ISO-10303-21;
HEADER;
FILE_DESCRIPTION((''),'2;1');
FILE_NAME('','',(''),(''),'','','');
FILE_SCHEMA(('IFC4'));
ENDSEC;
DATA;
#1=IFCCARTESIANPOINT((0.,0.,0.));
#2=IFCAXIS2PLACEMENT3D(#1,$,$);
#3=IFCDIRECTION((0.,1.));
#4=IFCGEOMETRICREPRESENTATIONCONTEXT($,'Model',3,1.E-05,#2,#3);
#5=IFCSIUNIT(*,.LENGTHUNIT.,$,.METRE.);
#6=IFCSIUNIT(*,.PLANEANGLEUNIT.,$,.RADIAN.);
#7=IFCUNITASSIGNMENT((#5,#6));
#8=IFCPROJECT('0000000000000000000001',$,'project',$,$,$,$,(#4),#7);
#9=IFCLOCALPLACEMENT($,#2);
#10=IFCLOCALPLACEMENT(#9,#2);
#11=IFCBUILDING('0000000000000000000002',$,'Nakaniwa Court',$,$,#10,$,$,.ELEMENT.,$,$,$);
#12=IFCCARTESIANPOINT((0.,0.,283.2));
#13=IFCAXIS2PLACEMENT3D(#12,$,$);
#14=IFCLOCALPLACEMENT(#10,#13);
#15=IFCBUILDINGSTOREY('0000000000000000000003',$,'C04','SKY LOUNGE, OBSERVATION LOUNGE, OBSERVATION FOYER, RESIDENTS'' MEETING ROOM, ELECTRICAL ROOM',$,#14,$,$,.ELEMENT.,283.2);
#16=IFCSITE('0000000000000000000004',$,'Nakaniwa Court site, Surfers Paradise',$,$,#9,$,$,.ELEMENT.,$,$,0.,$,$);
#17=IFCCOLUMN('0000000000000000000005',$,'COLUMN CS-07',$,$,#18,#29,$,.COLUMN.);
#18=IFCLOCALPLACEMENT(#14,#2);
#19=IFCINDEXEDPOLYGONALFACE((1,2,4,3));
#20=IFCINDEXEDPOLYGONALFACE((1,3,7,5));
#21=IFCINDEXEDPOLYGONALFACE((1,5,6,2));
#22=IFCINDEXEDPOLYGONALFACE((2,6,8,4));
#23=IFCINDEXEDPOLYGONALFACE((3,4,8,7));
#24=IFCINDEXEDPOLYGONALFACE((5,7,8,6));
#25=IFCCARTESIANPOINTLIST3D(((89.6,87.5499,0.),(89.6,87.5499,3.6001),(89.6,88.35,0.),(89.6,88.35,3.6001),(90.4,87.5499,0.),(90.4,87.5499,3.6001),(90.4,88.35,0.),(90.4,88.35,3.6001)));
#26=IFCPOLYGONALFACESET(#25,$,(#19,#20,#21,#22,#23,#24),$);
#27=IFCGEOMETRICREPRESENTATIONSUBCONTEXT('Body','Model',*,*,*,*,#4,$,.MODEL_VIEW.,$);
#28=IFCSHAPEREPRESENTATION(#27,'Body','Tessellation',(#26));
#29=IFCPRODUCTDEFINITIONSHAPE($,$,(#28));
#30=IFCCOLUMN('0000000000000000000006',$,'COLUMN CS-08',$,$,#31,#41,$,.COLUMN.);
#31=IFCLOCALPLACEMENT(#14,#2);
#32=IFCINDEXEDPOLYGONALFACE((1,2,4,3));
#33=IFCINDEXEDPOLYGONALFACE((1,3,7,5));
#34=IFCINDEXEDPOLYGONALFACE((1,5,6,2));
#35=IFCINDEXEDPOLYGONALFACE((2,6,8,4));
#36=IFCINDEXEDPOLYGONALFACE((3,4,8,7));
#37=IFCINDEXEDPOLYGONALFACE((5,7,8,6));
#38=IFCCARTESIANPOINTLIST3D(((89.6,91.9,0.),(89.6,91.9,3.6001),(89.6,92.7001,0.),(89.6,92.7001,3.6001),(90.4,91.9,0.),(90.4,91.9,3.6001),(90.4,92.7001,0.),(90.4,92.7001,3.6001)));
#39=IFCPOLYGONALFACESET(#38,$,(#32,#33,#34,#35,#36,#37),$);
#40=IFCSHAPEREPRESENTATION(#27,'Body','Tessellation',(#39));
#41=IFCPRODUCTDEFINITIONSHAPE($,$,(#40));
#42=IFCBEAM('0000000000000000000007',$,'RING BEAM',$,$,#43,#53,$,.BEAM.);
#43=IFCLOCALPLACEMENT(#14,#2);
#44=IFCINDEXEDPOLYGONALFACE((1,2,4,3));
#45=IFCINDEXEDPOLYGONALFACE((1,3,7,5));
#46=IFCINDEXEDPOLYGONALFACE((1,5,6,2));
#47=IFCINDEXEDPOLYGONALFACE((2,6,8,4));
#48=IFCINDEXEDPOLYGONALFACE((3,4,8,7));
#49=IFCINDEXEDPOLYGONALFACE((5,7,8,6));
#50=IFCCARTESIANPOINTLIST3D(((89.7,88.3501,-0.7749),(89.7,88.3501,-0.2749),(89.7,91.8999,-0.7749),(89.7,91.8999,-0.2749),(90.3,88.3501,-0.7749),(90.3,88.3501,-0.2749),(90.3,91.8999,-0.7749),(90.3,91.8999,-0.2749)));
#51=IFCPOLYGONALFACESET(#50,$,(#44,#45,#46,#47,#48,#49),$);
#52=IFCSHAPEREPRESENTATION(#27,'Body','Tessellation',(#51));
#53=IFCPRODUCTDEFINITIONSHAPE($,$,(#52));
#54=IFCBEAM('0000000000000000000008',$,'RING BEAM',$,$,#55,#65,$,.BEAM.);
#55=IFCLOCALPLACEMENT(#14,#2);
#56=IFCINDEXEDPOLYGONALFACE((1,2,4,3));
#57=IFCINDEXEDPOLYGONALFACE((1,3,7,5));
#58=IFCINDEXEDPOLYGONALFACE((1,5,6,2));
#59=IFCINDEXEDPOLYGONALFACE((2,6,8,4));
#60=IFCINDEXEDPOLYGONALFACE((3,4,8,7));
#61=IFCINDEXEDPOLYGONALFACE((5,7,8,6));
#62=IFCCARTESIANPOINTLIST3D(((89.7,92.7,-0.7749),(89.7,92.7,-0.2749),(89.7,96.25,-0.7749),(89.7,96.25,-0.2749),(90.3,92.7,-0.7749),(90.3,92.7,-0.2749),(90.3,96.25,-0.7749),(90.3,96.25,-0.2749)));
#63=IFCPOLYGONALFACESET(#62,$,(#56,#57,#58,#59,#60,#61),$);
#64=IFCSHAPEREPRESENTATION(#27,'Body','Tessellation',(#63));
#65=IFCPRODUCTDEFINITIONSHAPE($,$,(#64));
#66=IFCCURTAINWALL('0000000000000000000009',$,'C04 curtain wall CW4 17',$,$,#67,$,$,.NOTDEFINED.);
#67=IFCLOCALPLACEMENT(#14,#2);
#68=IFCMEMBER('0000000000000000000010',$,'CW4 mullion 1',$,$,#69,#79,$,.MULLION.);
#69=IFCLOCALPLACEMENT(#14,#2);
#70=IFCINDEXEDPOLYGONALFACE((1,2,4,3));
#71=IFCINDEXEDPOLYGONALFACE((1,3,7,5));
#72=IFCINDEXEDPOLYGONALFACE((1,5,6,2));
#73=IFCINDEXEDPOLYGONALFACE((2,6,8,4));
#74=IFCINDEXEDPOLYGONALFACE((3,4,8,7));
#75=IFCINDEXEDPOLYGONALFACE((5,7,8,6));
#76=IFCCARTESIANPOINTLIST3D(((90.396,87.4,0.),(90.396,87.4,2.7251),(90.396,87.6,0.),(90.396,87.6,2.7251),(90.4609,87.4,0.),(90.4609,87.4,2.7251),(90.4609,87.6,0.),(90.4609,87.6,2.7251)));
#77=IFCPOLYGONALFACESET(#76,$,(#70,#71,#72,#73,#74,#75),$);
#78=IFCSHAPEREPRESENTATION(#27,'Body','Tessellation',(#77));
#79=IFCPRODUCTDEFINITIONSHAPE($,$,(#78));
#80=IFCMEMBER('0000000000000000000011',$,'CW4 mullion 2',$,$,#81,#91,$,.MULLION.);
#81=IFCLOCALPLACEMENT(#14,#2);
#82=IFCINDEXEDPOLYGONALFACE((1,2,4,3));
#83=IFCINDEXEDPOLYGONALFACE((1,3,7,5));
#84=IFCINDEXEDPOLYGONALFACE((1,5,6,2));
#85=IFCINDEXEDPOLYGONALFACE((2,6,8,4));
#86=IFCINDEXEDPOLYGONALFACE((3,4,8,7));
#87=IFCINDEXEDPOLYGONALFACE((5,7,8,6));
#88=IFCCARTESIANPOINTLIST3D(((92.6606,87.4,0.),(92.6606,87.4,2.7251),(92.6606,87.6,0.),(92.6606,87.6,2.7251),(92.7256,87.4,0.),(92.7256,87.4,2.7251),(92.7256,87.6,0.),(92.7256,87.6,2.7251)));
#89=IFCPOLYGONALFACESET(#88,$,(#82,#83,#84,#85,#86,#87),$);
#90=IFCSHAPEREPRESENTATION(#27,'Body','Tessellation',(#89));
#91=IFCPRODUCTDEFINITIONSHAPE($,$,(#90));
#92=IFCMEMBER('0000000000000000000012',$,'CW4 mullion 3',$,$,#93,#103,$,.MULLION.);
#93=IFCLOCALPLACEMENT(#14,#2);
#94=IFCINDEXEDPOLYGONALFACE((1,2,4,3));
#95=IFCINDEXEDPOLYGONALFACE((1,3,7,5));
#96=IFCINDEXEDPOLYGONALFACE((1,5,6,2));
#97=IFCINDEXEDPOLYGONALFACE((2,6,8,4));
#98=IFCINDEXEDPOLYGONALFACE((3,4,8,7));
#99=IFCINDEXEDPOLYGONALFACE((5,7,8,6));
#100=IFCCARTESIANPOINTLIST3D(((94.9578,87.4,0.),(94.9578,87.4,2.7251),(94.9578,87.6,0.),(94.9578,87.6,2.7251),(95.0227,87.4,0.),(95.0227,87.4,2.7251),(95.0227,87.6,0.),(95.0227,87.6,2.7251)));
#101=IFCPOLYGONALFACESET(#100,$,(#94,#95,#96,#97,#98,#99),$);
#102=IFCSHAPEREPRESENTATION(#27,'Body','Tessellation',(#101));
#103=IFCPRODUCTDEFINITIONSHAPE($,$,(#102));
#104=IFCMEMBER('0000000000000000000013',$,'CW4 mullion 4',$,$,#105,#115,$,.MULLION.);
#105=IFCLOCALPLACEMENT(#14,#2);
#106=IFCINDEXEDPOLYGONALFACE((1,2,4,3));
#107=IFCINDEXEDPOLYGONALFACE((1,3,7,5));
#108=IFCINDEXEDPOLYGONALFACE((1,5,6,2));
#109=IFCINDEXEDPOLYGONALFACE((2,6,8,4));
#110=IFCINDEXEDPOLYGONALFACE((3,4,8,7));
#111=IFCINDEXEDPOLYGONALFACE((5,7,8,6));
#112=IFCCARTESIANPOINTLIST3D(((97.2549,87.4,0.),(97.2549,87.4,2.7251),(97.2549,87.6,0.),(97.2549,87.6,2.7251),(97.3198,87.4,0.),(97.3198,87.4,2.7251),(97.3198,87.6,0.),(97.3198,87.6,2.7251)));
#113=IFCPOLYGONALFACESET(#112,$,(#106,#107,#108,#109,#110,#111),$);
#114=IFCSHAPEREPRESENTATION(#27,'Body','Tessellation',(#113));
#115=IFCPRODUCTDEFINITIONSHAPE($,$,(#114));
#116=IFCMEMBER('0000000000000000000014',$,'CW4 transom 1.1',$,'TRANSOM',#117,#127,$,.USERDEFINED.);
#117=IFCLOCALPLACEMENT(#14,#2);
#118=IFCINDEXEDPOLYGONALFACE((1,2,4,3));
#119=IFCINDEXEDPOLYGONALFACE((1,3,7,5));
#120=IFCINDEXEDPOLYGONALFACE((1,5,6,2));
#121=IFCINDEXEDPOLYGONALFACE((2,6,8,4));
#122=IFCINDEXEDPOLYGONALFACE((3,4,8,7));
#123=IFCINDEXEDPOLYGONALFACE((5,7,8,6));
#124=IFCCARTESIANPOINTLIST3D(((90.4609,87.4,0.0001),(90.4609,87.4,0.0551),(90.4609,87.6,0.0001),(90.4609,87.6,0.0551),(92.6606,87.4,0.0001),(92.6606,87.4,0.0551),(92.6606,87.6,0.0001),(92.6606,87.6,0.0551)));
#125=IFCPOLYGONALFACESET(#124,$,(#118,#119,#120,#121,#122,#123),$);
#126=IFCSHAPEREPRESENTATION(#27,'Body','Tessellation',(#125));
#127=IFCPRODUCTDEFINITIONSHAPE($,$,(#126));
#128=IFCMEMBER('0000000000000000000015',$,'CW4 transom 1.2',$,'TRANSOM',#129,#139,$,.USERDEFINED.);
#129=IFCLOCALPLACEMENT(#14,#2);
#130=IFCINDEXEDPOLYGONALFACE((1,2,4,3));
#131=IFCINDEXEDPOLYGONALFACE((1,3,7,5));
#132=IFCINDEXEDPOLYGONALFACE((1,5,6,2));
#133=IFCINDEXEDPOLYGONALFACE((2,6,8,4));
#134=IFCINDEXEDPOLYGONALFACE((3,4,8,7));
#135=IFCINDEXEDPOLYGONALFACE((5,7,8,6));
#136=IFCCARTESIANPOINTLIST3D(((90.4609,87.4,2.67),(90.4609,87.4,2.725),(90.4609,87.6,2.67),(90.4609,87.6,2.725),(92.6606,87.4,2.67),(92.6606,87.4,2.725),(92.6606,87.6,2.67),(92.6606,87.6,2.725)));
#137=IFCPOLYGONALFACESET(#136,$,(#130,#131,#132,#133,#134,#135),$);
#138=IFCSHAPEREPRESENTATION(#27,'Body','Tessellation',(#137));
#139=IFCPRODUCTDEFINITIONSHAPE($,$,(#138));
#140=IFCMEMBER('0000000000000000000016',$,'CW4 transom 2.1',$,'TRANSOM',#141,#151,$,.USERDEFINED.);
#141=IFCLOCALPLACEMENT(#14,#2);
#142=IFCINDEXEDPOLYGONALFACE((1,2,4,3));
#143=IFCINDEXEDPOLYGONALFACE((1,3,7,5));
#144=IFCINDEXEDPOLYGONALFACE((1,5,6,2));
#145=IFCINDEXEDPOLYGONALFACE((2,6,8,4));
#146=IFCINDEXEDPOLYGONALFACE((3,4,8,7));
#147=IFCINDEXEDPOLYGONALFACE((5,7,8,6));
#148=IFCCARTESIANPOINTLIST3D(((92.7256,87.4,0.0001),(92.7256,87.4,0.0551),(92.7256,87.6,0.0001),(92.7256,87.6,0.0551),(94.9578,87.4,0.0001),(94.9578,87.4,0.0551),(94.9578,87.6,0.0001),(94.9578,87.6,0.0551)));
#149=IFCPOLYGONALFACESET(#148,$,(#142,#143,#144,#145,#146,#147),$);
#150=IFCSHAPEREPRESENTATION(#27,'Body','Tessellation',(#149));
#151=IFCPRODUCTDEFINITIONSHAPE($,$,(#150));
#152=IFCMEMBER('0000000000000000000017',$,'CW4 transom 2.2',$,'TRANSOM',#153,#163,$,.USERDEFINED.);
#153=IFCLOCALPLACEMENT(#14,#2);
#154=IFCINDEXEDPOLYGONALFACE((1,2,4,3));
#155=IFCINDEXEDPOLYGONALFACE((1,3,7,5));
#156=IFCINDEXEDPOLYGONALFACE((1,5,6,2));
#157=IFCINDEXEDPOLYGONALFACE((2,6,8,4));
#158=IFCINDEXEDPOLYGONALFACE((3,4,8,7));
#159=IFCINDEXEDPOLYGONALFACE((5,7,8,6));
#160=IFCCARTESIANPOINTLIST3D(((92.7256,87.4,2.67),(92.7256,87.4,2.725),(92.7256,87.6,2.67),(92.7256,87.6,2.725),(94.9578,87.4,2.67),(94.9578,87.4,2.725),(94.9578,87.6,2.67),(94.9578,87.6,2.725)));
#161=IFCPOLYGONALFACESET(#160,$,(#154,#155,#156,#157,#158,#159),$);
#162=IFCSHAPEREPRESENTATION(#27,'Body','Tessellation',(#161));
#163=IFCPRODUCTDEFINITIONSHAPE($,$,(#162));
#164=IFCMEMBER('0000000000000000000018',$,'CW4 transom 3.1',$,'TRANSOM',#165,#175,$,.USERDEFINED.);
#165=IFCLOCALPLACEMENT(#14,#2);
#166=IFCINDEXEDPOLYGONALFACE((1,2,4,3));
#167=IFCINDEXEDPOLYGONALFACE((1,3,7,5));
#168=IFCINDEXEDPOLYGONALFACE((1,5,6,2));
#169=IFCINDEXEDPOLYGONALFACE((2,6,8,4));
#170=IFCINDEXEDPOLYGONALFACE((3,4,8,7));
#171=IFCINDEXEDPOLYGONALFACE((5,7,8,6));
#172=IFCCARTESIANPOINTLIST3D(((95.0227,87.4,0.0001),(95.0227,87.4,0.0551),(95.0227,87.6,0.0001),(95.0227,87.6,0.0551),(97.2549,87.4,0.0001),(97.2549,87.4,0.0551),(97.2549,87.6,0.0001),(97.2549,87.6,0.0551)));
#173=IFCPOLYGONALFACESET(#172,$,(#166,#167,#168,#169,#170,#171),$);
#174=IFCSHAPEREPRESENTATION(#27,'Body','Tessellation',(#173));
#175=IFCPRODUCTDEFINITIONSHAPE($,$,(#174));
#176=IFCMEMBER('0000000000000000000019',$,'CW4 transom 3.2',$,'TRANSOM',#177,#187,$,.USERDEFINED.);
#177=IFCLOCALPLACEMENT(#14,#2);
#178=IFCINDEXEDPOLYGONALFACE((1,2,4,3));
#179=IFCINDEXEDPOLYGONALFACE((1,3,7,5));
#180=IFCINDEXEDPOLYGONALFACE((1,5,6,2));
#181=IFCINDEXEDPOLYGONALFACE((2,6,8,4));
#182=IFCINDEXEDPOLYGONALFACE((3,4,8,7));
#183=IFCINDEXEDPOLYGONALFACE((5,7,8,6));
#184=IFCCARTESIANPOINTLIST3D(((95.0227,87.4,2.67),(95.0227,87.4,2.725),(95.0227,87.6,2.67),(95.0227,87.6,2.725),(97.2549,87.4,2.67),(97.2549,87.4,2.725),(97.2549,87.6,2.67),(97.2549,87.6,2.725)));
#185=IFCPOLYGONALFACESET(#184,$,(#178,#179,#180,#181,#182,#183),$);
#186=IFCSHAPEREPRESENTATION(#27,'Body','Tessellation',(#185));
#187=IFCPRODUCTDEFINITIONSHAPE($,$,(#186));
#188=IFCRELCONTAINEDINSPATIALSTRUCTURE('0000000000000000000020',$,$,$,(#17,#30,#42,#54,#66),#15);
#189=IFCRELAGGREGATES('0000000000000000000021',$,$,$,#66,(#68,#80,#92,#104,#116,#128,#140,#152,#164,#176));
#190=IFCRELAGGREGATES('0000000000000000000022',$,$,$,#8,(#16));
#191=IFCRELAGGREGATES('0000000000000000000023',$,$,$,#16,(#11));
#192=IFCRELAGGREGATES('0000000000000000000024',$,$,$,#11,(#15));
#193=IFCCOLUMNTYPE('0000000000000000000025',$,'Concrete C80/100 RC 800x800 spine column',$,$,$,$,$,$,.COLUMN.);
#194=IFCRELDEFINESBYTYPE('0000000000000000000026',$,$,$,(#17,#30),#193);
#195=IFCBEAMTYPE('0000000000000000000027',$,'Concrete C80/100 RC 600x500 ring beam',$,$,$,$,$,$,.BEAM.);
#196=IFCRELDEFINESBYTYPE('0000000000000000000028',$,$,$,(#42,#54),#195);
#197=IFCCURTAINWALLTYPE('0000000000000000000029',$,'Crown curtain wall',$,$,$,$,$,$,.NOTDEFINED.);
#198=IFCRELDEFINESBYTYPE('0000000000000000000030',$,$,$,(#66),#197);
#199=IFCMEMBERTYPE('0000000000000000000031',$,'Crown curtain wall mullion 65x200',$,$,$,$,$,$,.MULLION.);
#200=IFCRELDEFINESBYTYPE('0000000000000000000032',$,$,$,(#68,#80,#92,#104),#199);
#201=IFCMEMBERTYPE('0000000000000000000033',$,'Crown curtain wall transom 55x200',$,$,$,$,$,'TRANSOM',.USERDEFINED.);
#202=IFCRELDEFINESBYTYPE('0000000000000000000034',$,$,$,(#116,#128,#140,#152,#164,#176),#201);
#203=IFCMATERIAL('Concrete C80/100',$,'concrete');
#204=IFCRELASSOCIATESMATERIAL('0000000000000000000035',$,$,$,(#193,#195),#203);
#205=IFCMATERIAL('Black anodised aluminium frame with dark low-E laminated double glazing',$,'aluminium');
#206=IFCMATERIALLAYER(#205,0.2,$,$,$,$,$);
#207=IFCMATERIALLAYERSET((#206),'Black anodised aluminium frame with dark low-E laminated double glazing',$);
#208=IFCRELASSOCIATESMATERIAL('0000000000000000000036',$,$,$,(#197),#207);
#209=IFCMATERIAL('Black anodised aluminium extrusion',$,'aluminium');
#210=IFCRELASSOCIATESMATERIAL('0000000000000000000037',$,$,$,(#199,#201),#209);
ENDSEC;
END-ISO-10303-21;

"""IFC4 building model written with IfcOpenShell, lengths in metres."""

from ifc_helpers import new_model, si_unit, direction, frame, origin, origin_2d, place, context, subcontext, project, spatial, rectangle, extrude, material, layer, layer_set, material_profile, profile_set, type_object, element, aggregate, save


model = new_model("IFC4")

# Units and contexts
model_context = context("Model", 3, precision=1e-05, world=origin(), true_north=direction((0.0, 1.0)))
body_context = subcontext(model_context, "Body", "Model", "MODEL_VIEW")
ifc_project = project(units=[si_unit("LENGTHUNIT", "METRE"), si_unit("PLANEANGLEUNIT", "RADIAN")], contexts=[model_context])

# Site, building, storey
site_placement = place(None, origin())
site = spatial("IfcSite", under=ifc_project, at=site_placement, Name="Nakaniwa Court site, Surfers Paradise", CompositionType="ELEMENT", RefElevation=0.0)
building_placement = place(site_placement, origin())
building = spatial("IfcBuilding", under=site, at=building_placement, Name="Nakaniwa Court", CompositionType="ELEMENT")
storey_placement = place(building_placement, frame((0.0, 0.0, 283.2)))
storey = spatial("IfcBuildingStorey", under=building, at=storey_placement, Name="C04", Description="SKY LOUNGE, OBSERVATION LOUNGE, OBSERVATION FOYER, RESIDENTS' MEETING ROOM, ELECTRICAL ROOM", CompositionType="ELEMENT", Elevation=283.2)

# Columns
ifc_material_1 = material(Name="Concrete C80/100", Category="concrete")
ifc_material_profile_1 = material_profile(ifc_material_1, rectangle(XDim=0.8, YDim=0.8, at=origin_2d()), Name="Concrete C80/100 RC 800x800 spine column")
ifc_profile_set_1 = profile_set([ifc_material_profile_1], Name="Concrete C80/100")
column_type = type_object("IfcColumnType", Name="Concrete C80/100 RC 800x800 spine column", PredefinedType="COLUMN", material=ifc_profile_set_1)
for number, where, z_axis, x_axis, name in (
    (1, (90.0, 87.95, 0.0), (0.0, 0.0, 1.0), (0.0, 1.0, 0.0), "COLUMN CS-07"),
    (2, (90.0, 92.3, 0.0), (0.0, 0.0, 1.0), (0.0, 1.0, 0.0), "COLUMN CS-08"),
):
    element("IfcColumn", number, at=place(storey_placement, frame(where, z_axis=z_axis, x_axis=x_axis)), inside=storey, type_object=column_type, Name=name, PredefinedType="COLUMN", context=body_context, shape_type="SweptSolid", body=[
        extrude(rectangle(XDim=0.8, YDim=0.8, at=origin_2d()), origin(), (0.0, 0.0, 1.0), 3.6001),
    ])

# Beams
ifc_material_profile_2 = material_profile(ifc_material_1, rectangle(XDim=0.6001, YDim=0.5, at=origin_2d()), Name="Concrete C80/100 RC 600x500 ring beam")
ifc_profile_set_2 = profile_set([ifc_material_profile_2], Name="Concrete C80/100")
beam_type = type_object("IfcBeamType", Name="Concrete C80/100 RC 600x500 ring beam", PredefinedType="BEAM", material=ifc_profile_set_2)
beam_1_placement = place(storey_placement, frame((90.0, 88.3501, -0.5249), z_axis=(0.0, 1.0, 0.0), x_axis=(-1.0, 0.0, 0.0)))
element("IfcBeam", 3, at=beam_1_placement, inside=storey, type_object=beam_type, Name="RING BEAM", PredefinedType="BEAM", context=body_context, shape_type="SweptSolid", body=[
    extrude(rectangle(XDim=0.6001, YDim=0.5, at=origin_2d()), origin(), (0.0, 0.0, 1.0), 3.5498),
])
beam_2_placement = place(storey_placement, frame((90.0, 92.7, -0.5249), z_axis=(0.0, 1.0, 0.0), x_axis=(-1.0, 0.0, 0.0)))
element("IfcBeam", 4, at=beam_2_placement, inside=storey, type_object=beam_type, Name="RING BEAM", PredefinedType="BEAM", context=body_context, shape_type="SweptSolid", body=[
    extrude(rectangle(XDim=0.6001, YDim=0.5, at=origin_2d()), origin(), (0.0, 0.0, 1.0), 3.55),
])

# Curtain wall, members
ifc_material_2 = material(Name="Black anodised aluminium frame with dark low-E laminated double glazing", Category="aluminium")
ifc_layer_1 = layer(ifc_material_2, 0.2)
ifc_layer_set_1 = layer_set([ifc_layer_1], Name="Black anodised aluminium frame with dark low-E laminated double glazing")
curtain_wall_type = type_object("IfcCurtainWallType", Name="Crown curtain wall", PredefinedType="NOTDEFINED", material=ifc_layer_set_1)
curtain_wall_placement = place(storey_placement, origin())
curtain_wall = element("IfcCurtainWall", 5, at=curtain_wall_placement, inside=storey, type_object=curtain_wall_type, Name="C04 curtain wall CW4 17", PredefinedType="NOTDEFINED")
ifc_material_3 = material(Name="Black anodised aluminium extrusion", Category="aluminium")
ifc_material_profile_3 = material_profile(ifc_material_3, rectangle(XDim=0.2, YDim=0.0649, at=origin_2d()), Name="Crown curtain wall mullion 65x200")
ifc_profile_set_3 = profile_set([ifc_material_profile_3], Name="Black anodised aluminium extrusion")
member_type_1 = type_object("IfcMemberType", Name="Crown curtain wall mullion 65x200", PredefinedType="MULLION", material=ifc_profile_set_3)
member_1_placement = place(storey_placement, frame((90.4285, 87.5, 0.0), z_axis=(0.0, 0.0, 1.0), x_axis=(0.0, 1.0, 0.0)))
member_1 = element("IfcMember", 6, at=member_1_placement, type_object=member_type_1, Name="CW4 mullion 1", PredefinedType="MULLION", context=body_context, shape_type="SweptSolid", body=[
    extrude(rectangle(XDim=0.2, YDim=0.0649, at=origin_2d()), origin(), (0.0, 0.0, 1.0), 2.7251),
])
member_2_placement = place(storey_placement, frame((92.6931, 87.5, 0.0), z_axis=(0.0, 0.0, 1.0), x_axis=(0.0, 1.0, 0.0)))
member_2 = element("IfcMember", 7, at=member_2_placement, type_object=member_type_1, Name="CW4 mullion 2", PredefinedType="MULLION", context=body_context, shape_type="SweptSolid", body=[
    extrude(rectangle(XDim=0.2, YDim=0.0649, at=origin_2d()), origin(), (0.0, 0.0, 1.0), 2.7251),
])
member_3_placement = place(storey_placement, frame((94.9902, 87.5, 0.0), z_axis=(0.0, 0.0, 1.0), x_axis=(0.0, 1.0, 0.0)))
member_3 = element("IfcMember", 8, at=member_3_placement, type_object=member_type_1, Name="CW4 mullion 3", PredefinedType="MULLION", context=body_context, shape_type="SweptSolid", body=[
    extrude(rectangle(XDim=0.2, YDim=0.0649, at=origin_2d()), origin(), (0.0, 0.0, 1.0), 2.7251),
])
member_4_placement = place(storey_placement, frame((97.2874, 87.5, 0.0), z_axis=(0.0, 0.0, 1.0), x_axis=(0.0, 1.0, 0.0)))
member_4 = element("IfcMember", 9, at=member_4_placement, type_object=member_type_1, Name="CW4 mullion 4", PredefinedType="MULLION", context=body_context, shape_type="SweptSolid", body=[
    extrude(rectangle(XDim=0.2, YDim=0.0649, at=origin_2d()), origin(), (0.0, 0.0, 1.0), 2.7251),
])
ifc_material_profile_4 = material_profile(ifc_material_3, rectangle(XDim=0.2, YDim=0.0549, at=origin_2d()), Name="Crown curtain wall transom 55x200")
ifc_profile_set_4 = profile_set([ifc_material_profile_4], Name="Black anodised aluminium extrusion")
member_type_2 = type_object("IfcMemberType", Name="Crown curtain wall transom 55x200", ElementType="TRANSOM", PredefinedType="USERDEFINED", material=ifc_profile_set_4)
member_5_placement = place(storey_placement, frame((90.4609, 87.5, 0.0276), z_axis=(1.0, 0.0, 0.0), x_axis=(0.0, 1.0, 0.0)))
member_5 = element("IfcMember", 10, at=member_5_placement, type_object=member_type_2, Name="CW4 transom 1.1", ObjectType="TRANSOM", PredefinedType="USERDEFINED", context=body_context, shape_type="SweptSolid", body=[
    extrude(rectangle(XDim=0.2, YDim=0.0549, at=origin_2d()), origin(), (0.0, 0.0, 1.0), 2.1997),
])
member_6_placement = place(storey_placement, frame((90.4609, 87.5, 2.6975), z_axis=(1.0, 0.0, 0.0), x_axis=(0.0, 1.0, 0.0)))
member_6 = element("IfcMember", 11, at=member_6_placement, type_object=member_type_2, Name="CW4 transom 1.2", ObjectType="TRANSOM", PredefinedType="USERDEFINED", context=body_context, shape_type="SweptSolid", body=[
    extrude(rectangle(XDim=0.2, YDim=0.0549, at=origin_2d()), origin(), (0.0, 0.0, 1.0), 2.1997),
])
member_7_placement = place(storey_placement, frame((92.7256, 87.5, 0.0276), z_axis=(1.0, 0.0, 0.0), x_axis=(0.0, 1.0, 0.0)))
member_7 = element("IfcMember", 12, at=member_7_placement, type_object=member_type_2, Name="CW4 transom 2.1", ObjectType="TRANSOM", PredefinedType="USERDEFINED", context=body_context, shape_type="SweptSolid", body=[
    extrude(rectangle(XDim=0.2, YDim=0.0549, at=origin_2d()), origin(), (0.0, 0.0, 1.0), 2.2322),
])
member_8_placement = place(storey_placement, frame((92.7256, 87.5, 2.6975), z_axis=(1.0, 0.0, 0.0), x_axis=(0.0, 1.0, 0.0)))
member_8 = element("IfcMember", 13, at=member_8_placement, type_object=member_type_2, Name="CW4 transom 2.2", ObjectType="TRANSOM", PredefinedType="USERDEFINED", context=body_context, shape_type="SweptSolid", body=[
    extrude(rectangle(XDim=0.2, YDim=0.0549, at=origin_2d()), origin(), (0.0, 0.0, 1.0), 2.2322),
])
member_9_placement = place(storey_placement, frame((95.0227, 87.5, 0.0276), z_axis=(1.0, 0.0, 0.0), x_axis=(0.0, 1.0, 0.0)))
member_9 = element("IfcMember", 14, at=member_9_placement, type_object=member_type_2, Name="CW4 transom 3.1", ObjectType="TRANSOM", PredefinedType="USERDEFINED", context=body_context, shape_type="SweptSolid", body=[
    extrude(rectangle(XDim=0.2, YDim=0.0549, at=origin_2d()), origin(), (0.0, 0.0, 1.0), 2.2322),
])
member_10_placement = place(storey_placement, frame((95.0227, 87.5, 2.6975), z_axis=(1.0, 0.0, 0.0), x_axis=(0.0, 1.0, 0.0)))
member_10 = element("IfcMember", 15, at=member_10_placement, type_object=member_type_2, Name="CW4 transom 3.2", ObjectType="TRANSOM", PredefinedType="USERDEFINED", context=body_context, shape_type="SweptSolid", body=[
    extrude(rectangle(XDim=0.2, YDim=0.0549, at=origin_2d()), origin(), (0.0, 0.0, 1.0), 2.2322),
])
aggregate(curtain_wall, [member_1, member_2, member_3, member_4, member_5, member_6, member_7, member_8, member_9, member_10])

save(model, "model.ifc")
